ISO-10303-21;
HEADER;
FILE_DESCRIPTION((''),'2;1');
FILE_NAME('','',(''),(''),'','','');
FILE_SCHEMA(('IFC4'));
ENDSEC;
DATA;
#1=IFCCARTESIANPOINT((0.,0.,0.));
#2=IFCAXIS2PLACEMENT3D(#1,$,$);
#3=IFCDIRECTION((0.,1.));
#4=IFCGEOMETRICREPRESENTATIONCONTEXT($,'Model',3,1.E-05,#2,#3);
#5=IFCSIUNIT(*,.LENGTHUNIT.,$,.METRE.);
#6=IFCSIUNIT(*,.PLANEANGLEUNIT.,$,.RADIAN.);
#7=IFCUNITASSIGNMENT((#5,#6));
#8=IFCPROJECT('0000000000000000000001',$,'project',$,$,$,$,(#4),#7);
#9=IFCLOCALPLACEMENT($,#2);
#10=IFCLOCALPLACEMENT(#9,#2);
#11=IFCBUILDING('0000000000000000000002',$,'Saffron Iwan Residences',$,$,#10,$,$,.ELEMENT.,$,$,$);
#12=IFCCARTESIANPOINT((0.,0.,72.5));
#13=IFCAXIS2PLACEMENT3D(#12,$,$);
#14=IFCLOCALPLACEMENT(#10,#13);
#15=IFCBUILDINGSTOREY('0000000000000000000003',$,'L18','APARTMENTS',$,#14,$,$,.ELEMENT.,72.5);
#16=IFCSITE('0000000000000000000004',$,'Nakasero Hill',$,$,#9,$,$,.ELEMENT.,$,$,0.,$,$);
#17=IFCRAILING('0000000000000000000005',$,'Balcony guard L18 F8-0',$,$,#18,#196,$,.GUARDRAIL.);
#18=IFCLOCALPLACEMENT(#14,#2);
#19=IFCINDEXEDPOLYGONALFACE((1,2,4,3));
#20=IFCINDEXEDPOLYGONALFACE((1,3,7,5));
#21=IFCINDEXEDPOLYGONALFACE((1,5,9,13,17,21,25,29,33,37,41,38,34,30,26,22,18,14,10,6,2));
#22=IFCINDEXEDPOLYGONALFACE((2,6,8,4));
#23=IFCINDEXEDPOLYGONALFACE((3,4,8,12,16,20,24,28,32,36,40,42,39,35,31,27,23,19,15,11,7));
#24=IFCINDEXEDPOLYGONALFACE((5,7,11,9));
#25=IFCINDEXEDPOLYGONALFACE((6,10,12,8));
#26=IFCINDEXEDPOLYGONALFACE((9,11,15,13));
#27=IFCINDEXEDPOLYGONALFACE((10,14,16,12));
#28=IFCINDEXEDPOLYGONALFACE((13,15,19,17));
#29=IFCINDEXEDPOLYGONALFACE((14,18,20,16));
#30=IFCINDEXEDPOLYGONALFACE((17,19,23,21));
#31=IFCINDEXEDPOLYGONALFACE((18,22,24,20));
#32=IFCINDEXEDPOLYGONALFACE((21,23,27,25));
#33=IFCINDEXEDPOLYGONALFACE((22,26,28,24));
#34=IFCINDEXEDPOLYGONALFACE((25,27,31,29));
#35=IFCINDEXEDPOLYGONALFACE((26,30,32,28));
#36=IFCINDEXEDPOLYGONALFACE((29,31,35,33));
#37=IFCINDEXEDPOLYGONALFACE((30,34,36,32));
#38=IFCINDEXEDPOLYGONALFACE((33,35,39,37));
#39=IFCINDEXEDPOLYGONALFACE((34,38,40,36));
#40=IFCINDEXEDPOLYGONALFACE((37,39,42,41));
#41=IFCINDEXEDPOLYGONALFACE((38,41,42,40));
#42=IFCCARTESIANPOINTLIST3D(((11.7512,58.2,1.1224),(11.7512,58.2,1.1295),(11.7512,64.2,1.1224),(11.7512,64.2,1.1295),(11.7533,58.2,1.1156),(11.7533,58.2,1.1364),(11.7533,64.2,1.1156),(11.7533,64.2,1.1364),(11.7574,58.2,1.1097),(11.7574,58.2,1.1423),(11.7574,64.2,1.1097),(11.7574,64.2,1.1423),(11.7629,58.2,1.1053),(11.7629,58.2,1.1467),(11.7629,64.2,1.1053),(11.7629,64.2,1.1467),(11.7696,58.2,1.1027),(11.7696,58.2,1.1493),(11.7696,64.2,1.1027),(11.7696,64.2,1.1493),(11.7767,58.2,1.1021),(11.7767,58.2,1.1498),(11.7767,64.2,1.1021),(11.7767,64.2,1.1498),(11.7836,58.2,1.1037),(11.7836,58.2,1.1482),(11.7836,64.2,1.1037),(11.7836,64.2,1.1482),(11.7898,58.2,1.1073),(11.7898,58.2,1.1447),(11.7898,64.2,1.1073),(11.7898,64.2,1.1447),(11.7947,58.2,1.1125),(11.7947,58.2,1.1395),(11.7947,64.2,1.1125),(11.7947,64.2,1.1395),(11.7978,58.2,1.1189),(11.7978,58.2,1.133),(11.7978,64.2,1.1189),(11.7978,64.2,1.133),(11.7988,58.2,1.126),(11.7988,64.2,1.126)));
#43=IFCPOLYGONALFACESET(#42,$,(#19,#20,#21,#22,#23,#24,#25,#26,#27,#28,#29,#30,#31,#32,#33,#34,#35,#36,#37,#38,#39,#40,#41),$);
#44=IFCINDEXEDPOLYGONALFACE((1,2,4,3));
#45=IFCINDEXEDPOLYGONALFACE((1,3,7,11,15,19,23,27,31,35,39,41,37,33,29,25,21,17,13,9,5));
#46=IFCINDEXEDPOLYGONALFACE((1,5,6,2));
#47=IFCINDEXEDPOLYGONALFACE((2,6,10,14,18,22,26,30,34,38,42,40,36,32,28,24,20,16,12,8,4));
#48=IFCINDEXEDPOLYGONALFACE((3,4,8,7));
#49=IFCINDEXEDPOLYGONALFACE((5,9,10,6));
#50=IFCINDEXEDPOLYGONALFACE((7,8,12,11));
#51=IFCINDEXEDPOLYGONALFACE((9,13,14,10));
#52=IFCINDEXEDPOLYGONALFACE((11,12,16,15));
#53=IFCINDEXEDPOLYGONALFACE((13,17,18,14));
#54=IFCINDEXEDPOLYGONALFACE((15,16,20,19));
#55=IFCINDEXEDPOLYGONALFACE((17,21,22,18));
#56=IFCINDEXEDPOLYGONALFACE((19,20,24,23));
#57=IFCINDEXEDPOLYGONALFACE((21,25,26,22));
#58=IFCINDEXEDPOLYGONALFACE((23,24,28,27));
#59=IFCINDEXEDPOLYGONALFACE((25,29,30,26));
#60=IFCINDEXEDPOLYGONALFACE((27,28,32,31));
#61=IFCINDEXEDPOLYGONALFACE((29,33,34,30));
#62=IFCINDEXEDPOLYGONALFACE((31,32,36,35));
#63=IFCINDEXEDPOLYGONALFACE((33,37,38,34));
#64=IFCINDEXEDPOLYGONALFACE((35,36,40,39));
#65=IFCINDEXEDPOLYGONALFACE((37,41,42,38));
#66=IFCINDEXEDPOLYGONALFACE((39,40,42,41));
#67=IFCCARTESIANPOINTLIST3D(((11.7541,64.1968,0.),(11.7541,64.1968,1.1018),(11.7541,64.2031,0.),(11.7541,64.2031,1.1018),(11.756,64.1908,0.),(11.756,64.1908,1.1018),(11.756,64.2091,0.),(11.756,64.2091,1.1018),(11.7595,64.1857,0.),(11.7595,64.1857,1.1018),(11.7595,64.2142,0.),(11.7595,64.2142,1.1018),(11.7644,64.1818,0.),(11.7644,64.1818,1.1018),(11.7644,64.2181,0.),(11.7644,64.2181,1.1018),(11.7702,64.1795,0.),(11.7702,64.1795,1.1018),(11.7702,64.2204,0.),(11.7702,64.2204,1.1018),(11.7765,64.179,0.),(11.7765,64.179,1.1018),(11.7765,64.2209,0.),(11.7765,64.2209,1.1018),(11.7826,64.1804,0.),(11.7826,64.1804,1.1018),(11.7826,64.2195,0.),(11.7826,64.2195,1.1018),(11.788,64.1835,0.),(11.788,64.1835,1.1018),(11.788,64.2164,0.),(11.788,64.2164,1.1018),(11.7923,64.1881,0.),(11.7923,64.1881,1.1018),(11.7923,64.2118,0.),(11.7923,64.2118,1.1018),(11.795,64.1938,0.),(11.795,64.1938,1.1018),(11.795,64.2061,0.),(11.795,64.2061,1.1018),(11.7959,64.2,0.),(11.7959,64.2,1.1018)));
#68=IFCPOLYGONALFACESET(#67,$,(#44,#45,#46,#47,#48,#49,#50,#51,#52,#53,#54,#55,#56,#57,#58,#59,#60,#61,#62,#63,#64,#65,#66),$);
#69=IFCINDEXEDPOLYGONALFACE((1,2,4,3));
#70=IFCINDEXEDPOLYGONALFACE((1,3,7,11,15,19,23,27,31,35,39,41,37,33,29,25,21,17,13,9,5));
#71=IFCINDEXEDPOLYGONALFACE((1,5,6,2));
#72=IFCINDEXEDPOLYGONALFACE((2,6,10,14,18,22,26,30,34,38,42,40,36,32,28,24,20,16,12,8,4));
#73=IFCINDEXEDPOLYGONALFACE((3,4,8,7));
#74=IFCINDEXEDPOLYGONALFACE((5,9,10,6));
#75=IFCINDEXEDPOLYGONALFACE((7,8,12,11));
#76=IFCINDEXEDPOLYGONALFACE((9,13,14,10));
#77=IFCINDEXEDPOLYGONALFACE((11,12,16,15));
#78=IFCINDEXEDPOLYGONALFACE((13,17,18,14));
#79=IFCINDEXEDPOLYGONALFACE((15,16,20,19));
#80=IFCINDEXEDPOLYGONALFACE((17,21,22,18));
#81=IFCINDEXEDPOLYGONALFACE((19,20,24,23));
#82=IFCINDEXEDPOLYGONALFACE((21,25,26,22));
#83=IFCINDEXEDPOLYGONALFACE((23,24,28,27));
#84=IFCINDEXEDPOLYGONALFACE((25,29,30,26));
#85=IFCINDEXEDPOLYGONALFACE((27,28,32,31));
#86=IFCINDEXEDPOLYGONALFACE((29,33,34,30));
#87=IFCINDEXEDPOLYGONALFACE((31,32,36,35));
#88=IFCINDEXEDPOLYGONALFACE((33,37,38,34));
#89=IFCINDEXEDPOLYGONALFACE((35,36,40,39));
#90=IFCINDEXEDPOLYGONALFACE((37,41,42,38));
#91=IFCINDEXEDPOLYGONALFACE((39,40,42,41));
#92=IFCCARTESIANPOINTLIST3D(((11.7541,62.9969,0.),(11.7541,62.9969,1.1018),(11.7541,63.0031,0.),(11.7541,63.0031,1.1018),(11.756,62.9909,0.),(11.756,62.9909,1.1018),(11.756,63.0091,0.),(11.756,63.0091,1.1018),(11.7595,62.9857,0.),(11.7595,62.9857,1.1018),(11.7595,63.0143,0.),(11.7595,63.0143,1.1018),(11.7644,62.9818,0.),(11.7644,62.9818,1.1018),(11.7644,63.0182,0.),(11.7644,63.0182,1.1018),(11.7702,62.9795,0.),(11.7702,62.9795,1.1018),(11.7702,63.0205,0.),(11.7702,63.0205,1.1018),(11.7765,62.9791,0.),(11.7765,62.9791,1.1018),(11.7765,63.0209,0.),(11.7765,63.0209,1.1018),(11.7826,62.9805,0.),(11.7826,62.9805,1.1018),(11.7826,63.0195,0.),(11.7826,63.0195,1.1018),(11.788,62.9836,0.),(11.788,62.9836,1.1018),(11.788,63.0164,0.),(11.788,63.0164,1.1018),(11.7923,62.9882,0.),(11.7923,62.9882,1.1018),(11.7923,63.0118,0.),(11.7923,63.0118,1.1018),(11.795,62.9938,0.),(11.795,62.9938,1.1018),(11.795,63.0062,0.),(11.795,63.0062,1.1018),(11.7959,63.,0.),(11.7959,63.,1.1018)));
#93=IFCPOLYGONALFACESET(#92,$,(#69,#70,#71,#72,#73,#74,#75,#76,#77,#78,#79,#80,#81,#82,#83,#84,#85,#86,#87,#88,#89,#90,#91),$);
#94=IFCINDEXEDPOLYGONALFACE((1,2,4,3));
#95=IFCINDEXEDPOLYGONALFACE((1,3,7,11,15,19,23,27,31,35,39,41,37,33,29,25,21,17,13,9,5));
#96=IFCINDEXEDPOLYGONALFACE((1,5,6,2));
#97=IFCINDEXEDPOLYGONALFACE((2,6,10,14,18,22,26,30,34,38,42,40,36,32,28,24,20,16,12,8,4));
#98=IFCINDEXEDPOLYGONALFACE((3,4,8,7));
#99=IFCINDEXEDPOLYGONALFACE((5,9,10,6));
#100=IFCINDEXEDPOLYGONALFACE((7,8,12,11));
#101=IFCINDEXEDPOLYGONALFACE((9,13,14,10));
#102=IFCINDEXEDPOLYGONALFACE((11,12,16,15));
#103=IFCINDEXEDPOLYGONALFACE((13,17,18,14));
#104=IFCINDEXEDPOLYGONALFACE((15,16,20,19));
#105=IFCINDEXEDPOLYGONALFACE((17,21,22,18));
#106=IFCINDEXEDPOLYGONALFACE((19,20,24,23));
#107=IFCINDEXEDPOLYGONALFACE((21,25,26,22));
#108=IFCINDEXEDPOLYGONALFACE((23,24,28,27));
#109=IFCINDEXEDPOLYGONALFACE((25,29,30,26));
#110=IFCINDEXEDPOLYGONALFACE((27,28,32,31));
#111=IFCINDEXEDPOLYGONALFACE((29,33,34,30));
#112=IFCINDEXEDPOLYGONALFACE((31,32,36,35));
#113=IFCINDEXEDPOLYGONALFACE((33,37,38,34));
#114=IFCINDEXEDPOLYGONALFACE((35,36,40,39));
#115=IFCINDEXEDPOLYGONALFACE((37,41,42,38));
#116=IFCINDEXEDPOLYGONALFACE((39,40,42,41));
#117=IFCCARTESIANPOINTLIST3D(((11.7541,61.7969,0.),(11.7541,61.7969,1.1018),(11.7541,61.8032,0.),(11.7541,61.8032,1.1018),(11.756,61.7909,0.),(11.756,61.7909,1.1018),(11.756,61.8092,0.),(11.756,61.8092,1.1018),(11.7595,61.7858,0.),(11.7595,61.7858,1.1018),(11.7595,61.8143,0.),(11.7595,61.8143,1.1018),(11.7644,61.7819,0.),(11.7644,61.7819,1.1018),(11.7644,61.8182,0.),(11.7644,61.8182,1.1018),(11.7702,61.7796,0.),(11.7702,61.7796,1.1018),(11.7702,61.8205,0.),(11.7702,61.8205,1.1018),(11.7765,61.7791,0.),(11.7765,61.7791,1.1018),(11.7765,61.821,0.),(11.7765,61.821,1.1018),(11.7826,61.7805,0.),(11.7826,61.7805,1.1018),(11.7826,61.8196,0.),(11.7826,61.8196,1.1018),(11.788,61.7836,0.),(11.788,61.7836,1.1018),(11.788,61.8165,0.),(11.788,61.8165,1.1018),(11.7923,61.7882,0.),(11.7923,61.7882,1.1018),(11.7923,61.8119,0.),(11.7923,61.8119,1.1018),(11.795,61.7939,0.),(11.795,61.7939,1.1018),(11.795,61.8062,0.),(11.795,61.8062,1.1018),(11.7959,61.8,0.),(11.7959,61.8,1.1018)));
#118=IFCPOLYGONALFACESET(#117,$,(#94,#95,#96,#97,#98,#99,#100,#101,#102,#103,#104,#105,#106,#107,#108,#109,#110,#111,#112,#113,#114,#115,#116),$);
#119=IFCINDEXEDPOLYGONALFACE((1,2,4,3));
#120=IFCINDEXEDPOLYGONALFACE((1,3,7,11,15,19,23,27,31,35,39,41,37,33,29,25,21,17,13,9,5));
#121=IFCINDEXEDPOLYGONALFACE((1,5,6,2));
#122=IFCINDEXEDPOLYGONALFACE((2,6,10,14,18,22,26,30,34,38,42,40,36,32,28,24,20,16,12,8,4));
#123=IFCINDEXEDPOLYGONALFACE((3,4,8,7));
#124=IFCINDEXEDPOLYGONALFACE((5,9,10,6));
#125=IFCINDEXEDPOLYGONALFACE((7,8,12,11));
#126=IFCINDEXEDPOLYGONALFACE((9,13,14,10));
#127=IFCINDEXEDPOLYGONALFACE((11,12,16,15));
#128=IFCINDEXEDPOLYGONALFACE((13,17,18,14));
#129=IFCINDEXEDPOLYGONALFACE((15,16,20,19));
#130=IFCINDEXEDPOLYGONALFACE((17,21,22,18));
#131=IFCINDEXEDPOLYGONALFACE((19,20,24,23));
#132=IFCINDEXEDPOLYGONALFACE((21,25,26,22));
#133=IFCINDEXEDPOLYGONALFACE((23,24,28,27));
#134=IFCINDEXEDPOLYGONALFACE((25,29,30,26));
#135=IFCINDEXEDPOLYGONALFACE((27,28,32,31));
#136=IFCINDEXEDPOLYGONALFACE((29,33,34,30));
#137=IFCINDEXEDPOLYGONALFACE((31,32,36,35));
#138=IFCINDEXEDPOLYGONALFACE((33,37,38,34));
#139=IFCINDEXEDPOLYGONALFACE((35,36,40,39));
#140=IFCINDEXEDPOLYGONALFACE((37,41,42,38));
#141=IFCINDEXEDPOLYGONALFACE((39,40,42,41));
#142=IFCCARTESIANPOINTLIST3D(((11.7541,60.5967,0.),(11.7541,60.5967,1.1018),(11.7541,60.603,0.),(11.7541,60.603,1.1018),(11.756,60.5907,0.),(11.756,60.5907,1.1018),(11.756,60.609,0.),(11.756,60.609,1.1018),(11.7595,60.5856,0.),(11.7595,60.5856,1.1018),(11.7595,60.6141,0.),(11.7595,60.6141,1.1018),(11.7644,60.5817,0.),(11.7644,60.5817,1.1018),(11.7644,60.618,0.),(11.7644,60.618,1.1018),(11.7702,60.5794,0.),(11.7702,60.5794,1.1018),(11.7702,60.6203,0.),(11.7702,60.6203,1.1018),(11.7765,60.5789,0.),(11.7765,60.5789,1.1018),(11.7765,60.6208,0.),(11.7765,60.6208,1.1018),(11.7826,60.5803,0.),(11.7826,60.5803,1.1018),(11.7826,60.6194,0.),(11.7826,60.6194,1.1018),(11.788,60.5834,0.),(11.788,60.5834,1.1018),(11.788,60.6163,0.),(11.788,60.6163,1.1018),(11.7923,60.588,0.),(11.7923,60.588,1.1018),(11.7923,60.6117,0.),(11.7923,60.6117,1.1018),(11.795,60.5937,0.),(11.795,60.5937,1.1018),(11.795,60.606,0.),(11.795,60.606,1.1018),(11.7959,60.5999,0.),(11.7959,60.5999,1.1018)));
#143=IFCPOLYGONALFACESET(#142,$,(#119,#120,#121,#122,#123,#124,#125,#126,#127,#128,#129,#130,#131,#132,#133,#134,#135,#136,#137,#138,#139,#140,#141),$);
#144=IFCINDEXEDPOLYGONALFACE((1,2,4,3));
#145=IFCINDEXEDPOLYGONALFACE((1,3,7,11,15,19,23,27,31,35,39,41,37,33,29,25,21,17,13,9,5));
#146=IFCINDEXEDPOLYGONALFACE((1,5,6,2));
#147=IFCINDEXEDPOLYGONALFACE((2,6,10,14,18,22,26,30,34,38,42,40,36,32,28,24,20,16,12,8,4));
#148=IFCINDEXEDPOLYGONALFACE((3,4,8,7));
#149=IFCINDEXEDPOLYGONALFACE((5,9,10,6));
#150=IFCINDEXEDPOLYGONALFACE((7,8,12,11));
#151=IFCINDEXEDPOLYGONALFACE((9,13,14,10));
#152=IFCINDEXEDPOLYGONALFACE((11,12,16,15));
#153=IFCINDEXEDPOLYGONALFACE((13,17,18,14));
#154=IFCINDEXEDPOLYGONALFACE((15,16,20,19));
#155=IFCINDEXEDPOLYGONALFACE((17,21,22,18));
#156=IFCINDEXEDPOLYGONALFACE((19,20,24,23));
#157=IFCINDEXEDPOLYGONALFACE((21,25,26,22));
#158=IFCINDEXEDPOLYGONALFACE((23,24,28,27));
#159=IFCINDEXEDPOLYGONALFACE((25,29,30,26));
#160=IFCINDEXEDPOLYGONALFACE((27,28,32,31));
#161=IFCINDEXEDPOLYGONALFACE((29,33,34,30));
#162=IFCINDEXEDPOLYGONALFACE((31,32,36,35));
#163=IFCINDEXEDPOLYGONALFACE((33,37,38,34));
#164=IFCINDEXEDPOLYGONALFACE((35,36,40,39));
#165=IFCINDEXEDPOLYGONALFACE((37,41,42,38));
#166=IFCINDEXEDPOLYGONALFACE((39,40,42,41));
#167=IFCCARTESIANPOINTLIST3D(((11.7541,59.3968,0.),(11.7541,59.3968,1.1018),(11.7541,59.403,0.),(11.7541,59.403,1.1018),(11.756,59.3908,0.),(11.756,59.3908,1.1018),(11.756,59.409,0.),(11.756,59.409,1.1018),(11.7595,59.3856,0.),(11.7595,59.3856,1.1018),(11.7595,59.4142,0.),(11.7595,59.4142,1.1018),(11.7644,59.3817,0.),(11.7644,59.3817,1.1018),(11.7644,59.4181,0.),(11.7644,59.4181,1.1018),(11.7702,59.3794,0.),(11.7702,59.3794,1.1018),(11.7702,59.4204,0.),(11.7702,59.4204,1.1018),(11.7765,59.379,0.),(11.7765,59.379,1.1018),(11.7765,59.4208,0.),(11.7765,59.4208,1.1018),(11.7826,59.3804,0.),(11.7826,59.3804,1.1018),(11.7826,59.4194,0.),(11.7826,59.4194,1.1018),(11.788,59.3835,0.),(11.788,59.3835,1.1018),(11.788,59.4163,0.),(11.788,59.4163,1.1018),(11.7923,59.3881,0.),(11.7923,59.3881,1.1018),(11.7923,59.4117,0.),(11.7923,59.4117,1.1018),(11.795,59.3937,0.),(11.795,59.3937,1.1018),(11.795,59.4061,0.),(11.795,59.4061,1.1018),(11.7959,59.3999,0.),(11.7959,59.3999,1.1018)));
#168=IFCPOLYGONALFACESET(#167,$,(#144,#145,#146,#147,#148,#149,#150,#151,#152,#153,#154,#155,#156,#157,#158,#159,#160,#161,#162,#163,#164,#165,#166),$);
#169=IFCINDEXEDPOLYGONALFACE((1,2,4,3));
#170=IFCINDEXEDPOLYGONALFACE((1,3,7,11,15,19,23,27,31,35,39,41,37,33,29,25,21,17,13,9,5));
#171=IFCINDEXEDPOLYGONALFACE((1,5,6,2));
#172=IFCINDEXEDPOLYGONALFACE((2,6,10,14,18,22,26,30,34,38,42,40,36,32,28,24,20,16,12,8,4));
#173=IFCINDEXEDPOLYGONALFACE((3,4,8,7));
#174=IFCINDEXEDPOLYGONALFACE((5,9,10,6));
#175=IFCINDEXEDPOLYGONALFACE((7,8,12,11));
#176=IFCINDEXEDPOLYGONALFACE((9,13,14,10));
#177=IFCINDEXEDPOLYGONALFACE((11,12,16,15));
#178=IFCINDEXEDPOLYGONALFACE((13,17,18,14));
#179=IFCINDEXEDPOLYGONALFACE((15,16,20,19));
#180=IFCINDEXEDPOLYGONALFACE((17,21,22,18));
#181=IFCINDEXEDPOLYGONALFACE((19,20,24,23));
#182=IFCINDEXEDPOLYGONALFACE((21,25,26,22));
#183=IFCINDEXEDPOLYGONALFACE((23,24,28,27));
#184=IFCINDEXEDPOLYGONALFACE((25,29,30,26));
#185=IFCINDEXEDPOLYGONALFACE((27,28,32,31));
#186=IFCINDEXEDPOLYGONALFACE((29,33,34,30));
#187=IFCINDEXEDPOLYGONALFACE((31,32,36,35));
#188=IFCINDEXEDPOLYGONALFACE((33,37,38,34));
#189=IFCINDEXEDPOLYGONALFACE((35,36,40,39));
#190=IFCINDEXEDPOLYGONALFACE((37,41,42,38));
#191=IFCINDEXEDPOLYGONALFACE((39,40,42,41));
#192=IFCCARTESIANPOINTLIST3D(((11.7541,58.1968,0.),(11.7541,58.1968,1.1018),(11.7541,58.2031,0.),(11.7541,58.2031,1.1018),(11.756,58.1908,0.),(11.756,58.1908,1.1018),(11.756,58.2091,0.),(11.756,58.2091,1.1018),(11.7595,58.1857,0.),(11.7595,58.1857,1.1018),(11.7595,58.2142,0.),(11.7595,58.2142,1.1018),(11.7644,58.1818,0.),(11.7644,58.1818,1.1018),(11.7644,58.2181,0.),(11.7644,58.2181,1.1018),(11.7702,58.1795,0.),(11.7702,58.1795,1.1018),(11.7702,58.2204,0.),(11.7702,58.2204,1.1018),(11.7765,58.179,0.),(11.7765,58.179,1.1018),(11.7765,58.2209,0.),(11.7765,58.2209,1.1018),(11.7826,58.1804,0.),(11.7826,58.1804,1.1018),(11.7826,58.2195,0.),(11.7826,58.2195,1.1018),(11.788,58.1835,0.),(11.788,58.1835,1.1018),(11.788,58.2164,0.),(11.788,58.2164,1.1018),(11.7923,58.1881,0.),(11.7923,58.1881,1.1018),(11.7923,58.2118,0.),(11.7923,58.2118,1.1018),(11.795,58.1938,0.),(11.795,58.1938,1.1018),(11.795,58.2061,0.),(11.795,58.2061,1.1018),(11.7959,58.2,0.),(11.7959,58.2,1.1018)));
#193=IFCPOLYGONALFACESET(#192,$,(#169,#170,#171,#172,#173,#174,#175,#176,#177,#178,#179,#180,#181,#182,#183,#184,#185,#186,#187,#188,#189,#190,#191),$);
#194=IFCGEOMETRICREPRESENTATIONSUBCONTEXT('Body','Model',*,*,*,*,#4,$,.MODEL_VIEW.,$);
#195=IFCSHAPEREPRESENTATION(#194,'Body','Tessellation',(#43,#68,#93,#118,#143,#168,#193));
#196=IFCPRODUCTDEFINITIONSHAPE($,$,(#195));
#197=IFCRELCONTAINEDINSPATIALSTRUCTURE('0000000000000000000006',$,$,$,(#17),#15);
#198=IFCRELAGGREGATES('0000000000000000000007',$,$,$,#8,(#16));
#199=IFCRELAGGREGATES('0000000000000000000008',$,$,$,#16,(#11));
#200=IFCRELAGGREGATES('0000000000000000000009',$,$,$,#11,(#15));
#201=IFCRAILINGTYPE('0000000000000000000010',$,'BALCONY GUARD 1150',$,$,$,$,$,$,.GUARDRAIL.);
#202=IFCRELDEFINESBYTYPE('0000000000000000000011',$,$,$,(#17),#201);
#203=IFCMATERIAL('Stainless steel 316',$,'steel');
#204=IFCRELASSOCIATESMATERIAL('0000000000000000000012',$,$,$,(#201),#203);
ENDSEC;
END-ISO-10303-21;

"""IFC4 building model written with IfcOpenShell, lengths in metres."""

from ifc_helpers import new_model, si_unit, direction, frame, origin, origin_2d, place, context, subcontext, project, spatial, circle, extrude, material, type_object, element, save


model = new_model("IFC4")

# Units and contexts
model_context = context("Model", 3, precision=1e-05, world=origin(), true_north=direction((0.0, 1.0)))
body_context = subcontext(model_context, "Body", "Model", "MODEL_VIEW")
ifc_project = project(units=[si_unit("LENGTHUNIT", "METRE"), si_unit("PLANEANGLEUNIT", "RADIAN")], contexts=[model_context])

# Site, building, storey
site_placement = place(None, origin())
site = spatial("IfcSite", under=ifc_project, at=site_placement, Name="Nakasero Hill", CompositionType="ELEMENT", RefElevation=0.0)
building_placement = place(site_placement, origin())
building = spatial("IfcBuilding", under=site, at=building_placement, Name="Saffron Iwan Residences", CompositionType="ELEMENT")
storey_placement = place(building_placement, frame((0.0, 0.0, 72.5)))
storey = spatial("IfcBuildingStorey", under=building, at=storey_placement, Name="L18", Description="APARTMENTS", CompositionType="ELEMENT", Elevation=72.5)

# Railing
ifc_material_1 = material(Name="Stainless steel 316", Category="steel")
railing_type = type_object("IfcRailingType", Name="BALCONY GUARD 1150", PredefinedType="GUARDRAIL", material=ifc_material_1)
for number, where, name in (
    (1, (11.7749, 64.2, 0.0), "Balcony guard L18 F8-0"),
):
    element("IfcRailing", number, at=place(storey_placement, frame(where)), inside=storey, type_object=railing_type, Name=name, PredefinedType="GUARDRAIL", context=body_context, shape_type="SweptSolid", body=[
        extrude(circle(Radius=0.0239, at=origin_2d()), frame((0.0, 0.0, 1.126), z_axis=(0.0, -1.0, 0.0), x_axis=(1.0, 0.0, 0.0)), (0.0, 0.0, 1.0), 6.0),
        extrude(circle(Radius=0.021, at=origin_2d()), origin(), (0.0, 0.0, 1.0), 1.1018),
        extrude(circle(Radius=0.021, at=origin_2d()), frame((0.0, -1.2, 0.0)), (0.0, 0.0, 1.0), 1.1018),
        extrude(circle(Radius=0.021, at=origin_2d()), frame((0.0, -2.3999, 0.0)), (0.0, 0.0, 1.0), 1.1018),
        extrude(circle(Radius=0.021, at=origin_2d()), frame((0.0, -3.6001, 0.0)), (0.0, 0.0, 1.0), 1.1018),
        extrude(circle(Radius=0.021, at=origin_2d()), frame((0.0, -4.8, 0.0)), (0.0, 0.0, 1.0), 1.1018),
        extrude(circle(Radius=0.021, at=origin_2d()), frame((0.0, -6.0, 0.0)), (0.0, 0.0, 1.0), 1.1018),
    ])

save(model, "model.ifc")
